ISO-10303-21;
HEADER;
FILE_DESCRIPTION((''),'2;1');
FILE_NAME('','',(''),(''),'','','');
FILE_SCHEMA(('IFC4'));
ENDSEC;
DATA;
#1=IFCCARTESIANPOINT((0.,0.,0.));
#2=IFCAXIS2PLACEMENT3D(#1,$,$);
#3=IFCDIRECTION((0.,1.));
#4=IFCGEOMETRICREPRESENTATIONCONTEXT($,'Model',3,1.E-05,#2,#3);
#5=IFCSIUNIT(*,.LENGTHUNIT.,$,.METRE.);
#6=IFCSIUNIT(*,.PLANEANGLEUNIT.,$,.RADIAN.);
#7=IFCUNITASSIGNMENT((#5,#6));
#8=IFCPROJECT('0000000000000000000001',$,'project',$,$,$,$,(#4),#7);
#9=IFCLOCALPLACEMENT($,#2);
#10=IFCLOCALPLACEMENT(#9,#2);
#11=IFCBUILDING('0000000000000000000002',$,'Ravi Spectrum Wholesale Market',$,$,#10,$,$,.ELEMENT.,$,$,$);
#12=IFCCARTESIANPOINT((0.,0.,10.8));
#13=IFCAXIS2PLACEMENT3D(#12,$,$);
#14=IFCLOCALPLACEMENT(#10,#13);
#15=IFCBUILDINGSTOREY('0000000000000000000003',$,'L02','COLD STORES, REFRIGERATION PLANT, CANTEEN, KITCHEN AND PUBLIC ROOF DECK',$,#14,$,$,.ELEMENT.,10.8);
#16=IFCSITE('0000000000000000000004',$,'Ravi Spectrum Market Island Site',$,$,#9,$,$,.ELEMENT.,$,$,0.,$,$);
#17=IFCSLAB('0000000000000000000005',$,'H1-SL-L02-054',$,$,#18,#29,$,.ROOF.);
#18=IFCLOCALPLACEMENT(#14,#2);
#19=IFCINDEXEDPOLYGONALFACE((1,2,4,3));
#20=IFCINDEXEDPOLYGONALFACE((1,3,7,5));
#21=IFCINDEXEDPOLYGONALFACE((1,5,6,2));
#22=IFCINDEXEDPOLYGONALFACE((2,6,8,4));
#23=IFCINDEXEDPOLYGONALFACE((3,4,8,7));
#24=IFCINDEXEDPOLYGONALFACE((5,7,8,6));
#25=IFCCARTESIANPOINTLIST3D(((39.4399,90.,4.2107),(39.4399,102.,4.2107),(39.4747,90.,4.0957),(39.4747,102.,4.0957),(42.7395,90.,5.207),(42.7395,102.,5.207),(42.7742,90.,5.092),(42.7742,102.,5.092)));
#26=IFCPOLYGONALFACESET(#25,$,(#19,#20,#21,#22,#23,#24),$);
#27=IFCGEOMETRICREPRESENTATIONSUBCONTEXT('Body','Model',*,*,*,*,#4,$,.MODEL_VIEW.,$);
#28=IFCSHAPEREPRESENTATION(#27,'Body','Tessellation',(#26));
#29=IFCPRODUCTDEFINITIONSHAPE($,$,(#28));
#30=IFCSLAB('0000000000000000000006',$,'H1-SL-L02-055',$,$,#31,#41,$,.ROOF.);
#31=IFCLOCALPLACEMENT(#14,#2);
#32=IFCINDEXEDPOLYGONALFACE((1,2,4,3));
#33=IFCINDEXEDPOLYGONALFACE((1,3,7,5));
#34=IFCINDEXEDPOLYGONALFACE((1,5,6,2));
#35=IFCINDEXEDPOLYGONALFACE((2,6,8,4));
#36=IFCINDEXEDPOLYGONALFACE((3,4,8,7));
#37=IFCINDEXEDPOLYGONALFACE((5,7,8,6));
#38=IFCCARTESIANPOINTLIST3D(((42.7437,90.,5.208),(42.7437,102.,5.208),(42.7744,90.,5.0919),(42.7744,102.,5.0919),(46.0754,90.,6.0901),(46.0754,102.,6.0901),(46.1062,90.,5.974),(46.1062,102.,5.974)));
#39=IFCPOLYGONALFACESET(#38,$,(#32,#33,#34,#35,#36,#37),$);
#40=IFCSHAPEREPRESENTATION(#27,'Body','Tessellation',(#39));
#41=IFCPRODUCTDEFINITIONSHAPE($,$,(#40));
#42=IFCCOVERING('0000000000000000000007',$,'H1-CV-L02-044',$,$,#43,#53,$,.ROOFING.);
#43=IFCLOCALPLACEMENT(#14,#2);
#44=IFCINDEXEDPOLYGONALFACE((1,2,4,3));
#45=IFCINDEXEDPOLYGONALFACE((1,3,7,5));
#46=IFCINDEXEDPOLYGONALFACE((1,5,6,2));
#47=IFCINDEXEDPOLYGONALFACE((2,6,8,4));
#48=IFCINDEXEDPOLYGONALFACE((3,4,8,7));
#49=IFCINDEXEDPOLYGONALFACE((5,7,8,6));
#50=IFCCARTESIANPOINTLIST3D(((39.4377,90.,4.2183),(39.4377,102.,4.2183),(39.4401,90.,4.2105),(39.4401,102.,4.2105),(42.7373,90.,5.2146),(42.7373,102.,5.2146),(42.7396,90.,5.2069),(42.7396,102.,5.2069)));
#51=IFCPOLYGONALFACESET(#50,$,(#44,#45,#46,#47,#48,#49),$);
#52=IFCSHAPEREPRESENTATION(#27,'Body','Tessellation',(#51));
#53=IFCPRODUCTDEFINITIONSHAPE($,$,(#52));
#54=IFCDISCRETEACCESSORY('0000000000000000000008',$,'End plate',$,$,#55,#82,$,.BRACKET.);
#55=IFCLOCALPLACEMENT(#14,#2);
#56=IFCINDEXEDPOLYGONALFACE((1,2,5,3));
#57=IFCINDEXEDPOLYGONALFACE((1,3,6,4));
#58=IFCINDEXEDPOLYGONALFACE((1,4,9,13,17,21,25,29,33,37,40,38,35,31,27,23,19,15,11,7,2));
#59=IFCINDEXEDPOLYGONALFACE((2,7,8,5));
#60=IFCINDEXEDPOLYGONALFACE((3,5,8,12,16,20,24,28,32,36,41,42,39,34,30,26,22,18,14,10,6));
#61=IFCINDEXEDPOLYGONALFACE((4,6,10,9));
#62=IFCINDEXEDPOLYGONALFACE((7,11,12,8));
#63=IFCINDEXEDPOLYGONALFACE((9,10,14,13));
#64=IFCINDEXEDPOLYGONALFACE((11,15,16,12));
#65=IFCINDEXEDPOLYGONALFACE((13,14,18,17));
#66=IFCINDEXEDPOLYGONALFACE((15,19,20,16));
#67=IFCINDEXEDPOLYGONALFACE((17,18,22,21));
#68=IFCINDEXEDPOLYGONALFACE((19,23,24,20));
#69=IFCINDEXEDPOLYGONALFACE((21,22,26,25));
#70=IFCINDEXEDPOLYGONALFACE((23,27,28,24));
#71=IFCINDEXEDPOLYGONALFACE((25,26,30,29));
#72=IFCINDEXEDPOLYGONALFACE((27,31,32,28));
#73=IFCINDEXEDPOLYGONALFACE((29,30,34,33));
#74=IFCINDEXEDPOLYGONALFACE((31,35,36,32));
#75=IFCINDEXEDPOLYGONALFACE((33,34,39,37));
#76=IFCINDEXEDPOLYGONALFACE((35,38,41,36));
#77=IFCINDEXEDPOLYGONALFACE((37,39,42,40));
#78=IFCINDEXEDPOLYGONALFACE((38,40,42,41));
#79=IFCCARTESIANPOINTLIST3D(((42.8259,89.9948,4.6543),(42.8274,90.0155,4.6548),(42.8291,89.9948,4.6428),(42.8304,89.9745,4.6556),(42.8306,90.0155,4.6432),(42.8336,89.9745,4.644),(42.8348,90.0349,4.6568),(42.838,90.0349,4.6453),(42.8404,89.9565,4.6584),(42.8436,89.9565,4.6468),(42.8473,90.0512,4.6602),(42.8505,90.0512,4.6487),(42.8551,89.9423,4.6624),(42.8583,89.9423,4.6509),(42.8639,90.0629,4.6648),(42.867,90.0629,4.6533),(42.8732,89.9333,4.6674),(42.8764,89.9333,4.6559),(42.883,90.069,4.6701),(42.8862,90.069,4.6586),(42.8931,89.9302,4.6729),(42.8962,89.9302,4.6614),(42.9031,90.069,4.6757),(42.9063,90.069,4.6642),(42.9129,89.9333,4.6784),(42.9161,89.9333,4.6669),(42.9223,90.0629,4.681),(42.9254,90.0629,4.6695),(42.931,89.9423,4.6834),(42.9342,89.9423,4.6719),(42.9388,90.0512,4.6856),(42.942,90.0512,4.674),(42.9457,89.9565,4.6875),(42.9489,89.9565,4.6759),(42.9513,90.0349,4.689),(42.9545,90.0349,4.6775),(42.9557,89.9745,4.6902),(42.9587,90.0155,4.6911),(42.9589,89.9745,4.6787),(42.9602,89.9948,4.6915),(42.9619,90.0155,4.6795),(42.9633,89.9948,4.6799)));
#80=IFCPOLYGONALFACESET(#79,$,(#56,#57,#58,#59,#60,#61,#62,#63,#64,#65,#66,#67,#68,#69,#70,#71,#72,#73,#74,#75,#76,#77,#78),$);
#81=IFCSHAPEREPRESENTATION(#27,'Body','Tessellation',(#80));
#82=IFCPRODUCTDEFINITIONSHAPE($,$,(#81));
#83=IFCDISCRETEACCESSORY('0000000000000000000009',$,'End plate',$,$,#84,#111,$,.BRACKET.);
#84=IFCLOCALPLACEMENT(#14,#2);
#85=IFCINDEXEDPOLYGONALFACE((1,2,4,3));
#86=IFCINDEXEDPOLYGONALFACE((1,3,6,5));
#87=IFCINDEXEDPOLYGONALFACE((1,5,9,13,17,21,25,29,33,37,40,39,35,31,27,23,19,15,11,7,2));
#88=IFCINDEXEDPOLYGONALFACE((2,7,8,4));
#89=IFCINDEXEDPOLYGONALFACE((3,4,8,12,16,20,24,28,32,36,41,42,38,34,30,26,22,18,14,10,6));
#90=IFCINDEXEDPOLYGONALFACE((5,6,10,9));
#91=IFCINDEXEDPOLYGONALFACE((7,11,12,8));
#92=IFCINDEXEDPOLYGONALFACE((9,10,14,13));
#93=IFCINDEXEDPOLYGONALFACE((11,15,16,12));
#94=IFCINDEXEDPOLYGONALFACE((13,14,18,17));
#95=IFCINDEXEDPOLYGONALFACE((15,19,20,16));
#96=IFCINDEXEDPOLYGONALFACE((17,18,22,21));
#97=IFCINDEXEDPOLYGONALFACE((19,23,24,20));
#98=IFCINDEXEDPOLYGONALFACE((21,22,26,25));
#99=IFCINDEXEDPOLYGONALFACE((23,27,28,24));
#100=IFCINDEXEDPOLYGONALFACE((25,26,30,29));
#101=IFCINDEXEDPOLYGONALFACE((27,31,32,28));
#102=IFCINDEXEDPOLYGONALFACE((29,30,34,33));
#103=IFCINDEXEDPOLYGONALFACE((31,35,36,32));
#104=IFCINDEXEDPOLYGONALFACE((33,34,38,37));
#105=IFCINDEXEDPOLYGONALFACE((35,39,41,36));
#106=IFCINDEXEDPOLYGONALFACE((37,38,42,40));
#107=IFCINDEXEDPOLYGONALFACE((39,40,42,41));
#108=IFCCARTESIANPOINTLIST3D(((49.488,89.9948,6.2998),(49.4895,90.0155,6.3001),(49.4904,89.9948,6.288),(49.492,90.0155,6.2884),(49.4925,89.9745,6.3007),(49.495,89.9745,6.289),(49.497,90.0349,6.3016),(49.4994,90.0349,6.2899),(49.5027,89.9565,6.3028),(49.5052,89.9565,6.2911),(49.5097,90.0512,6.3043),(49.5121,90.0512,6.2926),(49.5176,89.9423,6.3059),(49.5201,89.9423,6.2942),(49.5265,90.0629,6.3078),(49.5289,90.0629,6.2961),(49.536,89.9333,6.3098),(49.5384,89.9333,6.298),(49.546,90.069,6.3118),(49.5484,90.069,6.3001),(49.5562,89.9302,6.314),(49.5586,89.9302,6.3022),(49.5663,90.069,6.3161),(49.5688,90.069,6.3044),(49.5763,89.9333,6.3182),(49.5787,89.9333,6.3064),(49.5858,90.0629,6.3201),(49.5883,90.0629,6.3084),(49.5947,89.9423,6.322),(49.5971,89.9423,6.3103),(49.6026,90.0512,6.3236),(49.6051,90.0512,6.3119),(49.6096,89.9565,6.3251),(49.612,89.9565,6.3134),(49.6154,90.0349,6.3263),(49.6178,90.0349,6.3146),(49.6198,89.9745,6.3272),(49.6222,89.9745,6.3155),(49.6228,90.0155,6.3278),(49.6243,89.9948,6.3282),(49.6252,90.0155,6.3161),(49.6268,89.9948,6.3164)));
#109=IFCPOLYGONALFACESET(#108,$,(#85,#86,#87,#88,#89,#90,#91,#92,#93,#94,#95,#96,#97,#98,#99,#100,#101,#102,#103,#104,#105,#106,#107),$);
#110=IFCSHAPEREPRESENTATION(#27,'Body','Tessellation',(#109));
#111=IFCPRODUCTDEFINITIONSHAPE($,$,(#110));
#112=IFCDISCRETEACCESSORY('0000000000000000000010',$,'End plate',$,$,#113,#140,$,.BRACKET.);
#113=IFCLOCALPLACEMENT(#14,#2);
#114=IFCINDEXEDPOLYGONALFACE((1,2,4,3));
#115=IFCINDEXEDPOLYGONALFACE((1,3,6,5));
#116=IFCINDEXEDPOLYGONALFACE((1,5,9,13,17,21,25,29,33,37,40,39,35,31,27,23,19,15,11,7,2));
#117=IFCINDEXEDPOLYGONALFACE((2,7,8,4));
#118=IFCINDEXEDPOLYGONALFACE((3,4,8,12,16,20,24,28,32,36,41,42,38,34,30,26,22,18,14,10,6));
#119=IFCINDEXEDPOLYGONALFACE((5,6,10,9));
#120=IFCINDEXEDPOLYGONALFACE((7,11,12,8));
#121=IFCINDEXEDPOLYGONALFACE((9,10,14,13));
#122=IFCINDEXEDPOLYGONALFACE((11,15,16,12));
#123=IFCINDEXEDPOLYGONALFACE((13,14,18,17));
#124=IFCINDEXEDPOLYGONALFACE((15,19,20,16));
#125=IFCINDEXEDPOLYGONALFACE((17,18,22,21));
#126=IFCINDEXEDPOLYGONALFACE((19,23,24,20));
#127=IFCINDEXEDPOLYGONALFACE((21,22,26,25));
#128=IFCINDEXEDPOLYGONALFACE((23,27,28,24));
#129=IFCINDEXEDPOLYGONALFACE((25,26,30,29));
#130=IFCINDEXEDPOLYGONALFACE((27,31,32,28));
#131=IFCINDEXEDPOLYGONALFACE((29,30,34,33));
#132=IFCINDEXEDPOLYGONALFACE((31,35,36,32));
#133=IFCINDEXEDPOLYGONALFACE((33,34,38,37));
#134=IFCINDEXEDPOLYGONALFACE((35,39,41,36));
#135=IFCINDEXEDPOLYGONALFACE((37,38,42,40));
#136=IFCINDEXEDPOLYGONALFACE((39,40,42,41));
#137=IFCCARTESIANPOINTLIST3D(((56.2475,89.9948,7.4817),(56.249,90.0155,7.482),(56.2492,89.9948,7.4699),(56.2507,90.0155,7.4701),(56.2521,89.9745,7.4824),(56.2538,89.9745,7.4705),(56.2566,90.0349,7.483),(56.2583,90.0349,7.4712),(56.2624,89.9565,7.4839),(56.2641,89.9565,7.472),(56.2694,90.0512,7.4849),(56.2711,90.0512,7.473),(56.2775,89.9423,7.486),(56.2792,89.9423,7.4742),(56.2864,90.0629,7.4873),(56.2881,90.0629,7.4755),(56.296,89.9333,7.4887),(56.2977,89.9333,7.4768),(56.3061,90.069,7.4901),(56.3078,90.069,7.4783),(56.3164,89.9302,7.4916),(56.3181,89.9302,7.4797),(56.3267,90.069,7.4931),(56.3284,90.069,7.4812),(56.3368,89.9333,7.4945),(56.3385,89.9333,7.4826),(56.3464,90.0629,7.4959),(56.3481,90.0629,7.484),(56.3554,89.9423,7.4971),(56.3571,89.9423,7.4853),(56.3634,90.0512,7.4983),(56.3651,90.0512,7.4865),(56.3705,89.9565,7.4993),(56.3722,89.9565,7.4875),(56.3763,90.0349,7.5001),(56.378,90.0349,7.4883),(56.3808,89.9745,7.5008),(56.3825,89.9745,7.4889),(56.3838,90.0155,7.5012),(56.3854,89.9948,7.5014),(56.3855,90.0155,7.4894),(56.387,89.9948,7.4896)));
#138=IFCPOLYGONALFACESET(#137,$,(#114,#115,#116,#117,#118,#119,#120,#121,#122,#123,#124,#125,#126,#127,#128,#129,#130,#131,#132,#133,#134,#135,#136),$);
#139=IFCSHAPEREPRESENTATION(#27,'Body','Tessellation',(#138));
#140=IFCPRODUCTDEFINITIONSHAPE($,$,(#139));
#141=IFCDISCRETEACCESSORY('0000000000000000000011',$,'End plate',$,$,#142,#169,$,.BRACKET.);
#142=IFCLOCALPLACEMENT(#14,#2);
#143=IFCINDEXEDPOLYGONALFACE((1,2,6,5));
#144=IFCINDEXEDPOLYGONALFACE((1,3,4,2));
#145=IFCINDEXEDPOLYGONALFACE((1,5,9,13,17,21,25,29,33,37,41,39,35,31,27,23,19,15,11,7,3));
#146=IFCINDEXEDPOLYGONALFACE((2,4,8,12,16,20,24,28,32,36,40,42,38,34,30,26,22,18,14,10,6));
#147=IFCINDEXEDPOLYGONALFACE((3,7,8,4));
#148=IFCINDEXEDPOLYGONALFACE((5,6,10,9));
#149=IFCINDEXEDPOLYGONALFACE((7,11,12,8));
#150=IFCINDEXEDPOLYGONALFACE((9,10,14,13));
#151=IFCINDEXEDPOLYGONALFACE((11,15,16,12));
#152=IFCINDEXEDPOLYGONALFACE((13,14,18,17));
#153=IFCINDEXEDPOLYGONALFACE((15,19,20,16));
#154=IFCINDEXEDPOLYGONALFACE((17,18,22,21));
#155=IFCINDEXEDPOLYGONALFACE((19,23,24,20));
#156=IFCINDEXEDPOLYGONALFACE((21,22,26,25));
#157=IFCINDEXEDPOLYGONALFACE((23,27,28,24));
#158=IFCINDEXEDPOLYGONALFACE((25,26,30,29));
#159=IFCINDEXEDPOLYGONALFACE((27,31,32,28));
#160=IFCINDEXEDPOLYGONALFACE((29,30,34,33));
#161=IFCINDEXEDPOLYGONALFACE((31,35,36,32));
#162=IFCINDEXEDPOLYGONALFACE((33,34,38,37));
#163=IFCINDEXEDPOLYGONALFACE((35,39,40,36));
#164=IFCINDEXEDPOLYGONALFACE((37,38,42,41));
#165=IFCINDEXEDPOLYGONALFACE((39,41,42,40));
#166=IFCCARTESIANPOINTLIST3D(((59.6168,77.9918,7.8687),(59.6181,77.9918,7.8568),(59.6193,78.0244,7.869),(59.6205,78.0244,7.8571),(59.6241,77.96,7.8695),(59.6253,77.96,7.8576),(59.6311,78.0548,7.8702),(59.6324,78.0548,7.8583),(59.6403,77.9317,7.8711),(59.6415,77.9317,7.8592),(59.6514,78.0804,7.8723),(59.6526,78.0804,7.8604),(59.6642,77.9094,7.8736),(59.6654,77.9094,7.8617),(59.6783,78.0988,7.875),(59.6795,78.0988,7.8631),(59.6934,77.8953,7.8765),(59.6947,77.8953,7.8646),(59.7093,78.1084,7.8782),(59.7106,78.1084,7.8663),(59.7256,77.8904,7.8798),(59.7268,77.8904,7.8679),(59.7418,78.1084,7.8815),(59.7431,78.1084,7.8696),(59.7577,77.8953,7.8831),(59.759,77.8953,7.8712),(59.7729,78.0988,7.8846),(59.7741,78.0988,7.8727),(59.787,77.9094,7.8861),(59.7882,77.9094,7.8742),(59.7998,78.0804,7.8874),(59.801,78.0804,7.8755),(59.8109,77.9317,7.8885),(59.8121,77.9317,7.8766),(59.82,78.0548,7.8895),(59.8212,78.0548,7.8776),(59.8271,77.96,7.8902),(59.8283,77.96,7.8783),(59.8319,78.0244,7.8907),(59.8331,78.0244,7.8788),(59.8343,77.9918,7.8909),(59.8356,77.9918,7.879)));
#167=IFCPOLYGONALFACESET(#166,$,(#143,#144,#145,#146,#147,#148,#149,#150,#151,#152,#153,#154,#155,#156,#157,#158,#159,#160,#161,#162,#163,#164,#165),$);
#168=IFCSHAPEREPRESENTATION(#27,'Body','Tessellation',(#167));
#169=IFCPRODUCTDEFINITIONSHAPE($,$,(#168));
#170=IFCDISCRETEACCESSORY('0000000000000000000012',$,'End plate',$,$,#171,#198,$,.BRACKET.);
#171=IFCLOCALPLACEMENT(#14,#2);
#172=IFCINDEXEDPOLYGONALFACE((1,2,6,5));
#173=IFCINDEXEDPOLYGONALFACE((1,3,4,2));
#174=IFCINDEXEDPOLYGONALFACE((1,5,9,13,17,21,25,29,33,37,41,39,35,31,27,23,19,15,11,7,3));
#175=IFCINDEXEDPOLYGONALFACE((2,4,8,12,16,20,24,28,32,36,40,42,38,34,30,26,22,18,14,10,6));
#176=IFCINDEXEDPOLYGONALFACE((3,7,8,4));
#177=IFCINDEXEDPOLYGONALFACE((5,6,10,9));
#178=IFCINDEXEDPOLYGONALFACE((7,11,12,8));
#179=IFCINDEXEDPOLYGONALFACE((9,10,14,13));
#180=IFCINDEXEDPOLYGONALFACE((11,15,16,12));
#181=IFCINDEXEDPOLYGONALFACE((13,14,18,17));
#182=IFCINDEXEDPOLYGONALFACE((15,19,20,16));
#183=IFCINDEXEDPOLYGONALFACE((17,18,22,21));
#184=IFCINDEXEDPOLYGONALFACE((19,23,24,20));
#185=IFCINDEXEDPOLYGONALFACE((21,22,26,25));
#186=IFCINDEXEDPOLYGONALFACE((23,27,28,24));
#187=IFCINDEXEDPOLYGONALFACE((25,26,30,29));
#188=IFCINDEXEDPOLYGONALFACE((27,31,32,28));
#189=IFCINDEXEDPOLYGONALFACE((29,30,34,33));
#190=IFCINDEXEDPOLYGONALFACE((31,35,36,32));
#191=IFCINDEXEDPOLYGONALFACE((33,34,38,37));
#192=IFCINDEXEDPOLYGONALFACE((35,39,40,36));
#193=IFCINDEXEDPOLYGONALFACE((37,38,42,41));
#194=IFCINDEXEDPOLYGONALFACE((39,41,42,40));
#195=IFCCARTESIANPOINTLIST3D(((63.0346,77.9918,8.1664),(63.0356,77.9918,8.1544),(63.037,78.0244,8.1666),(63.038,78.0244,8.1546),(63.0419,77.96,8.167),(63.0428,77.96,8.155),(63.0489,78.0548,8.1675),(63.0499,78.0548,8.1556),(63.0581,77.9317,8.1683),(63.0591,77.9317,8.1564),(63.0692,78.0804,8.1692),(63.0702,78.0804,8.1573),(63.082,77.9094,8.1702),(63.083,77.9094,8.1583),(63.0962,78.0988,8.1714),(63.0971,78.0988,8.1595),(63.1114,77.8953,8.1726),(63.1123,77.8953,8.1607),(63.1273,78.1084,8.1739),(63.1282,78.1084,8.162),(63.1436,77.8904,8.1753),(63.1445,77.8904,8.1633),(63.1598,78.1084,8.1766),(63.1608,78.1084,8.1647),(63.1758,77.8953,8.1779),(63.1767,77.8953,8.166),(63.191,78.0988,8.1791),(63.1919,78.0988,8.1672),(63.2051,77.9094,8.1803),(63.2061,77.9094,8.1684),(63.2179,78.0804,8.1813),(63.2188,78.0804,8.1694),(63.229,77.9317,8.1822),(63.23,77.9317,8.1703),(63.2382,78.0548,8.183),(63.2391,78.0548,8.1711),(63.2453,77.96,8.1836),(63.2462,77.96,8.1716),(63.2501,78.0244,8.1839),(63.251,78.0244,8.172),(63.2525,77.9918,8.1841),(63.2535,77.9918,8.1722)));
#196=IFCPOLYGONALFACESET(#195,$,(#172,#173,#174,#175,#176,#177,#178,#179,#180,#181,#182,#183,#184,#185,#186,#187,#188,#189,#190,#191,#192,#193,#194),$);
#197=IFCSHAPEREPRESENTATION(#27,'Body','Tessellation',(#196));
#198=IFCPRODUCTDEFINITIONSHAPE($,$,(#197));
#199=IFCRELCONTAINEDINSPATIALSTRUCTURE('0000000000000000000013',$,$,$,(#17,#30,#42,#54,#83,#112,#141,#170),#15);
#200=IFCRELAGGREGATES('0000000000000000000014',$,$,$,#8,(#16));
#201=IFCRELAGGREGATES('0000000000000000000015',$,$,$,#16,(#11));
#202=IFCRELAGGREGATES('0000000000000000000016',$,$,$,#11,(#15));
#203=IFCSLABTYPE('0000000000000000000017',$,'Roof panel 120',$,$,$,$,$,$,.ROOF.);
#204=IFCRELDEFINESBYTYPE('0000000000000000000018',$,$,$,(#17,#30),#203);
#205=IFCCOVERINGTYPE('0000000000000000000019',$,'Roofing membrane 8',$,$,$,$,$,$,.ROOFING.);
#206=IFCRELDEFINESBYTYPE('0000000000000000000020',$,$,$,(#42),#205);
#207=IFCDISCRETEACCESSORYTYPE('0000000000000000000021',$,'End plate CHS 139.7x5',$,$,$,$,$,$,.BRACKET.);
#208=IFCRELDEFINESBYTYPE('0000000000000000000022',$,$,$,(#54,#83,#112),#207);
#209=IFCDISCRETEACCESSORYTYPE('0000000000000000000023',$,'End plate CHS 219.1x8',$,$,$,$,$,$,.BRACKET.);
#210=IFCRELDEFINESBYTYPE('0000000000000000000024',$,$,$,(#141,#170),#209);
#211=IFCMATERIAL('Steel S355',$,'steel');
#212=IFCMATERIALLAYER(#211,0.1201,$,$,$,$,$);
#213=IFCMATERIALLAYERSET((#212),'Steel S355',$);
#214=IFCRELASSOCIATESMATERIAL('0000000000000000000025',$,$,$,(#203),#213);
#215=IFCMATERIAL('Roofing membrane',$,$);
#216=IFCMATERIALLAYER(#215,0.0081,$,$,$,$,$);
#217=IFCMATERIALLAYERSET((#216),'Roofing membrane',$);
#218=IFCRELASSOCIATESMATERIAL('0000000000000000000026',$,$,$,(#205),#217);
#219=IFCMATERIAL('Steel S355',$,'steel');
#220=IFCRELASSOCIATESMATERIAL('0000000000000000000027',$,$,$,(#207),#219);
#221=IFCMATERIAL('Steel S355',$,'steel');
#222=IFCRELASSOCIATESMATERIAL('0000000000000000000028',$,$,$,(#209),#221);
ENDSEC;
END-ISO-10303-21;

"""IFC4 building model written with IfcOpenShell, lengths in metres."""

from ifc_helpers import new_model, si_unit, direction, frame, origin, origin_2d, place, context, subcontext, project, spatial, polyline, circle, outline, extrude, material, layer, layer_set, material_profile, profile_set, type_object, element, save


model = new_model("IFC4")

# Units and contexts
model_context = context("Model", 3, precision=1e-05, world=origin(), true_north=direction((0.0, 1.0)))
body_context = subcontext(model_context, "Body", "Model", "MODEL_VIEW")
ifc_project = project(units=[si_unit("LENGTHUNIT", "METRE"), si_unit("PLANEANGLEUNIT", "RADIAN")], contexts=[model_context])

# Site, building, storey
site_placement = place(None, origin())
site = spatial("IfcSite", under=ifc_project, at=site_placement, Name="Ravi Spectrum Market Island Site", CompositionType="ELEMENT", RefElevation=0.0)
building_placement = place(site_placement, origin())
building = spatial("IfcBuilding", under=site, at=building_placement, Name="Ravi Spectrum Wholesale Market", CompositionType="ELEMENT")
storey_placement = place(building_placement, frame((0.0, 0.0, 10.8)))
storey = spatial("IfcBuildingStorey", under=building, at=storey_placement, Name="L02", Description="COLD STORES, REFRIGERATION PLANT, CANTEEN, KITCHEN AND PUBLIC ROOF DECK", CompositionType="ELEMENT", Elevation=10.8)

# Slabs
ifc_material_1 = material(Name="Steel S355", Category="steel")
ifc_layer_1 = layer(ifc_material_1, 0.1201)
ifc_layer_set_1 = layer_set([ifc_layer_1], Name="Steel S355")
slab_type = type_object("IfcSlabType", Name="Roof panel 120", PredefinedType="ROOF", material=ifc_layer_set_1)
slab_1_placement = place(storey_placement, frame((39.4399, 90.0, 4.2107), z_axis=(-0.28907, 0.0, 0.957308), x_axis=(0.957308, 0.0, 0.28907)))
element("IfcSlab", 1, at=slab_1_placement, inside=storey, type_object=slab_type, Name="H1-SL-L02-054", PredefinedType="ROOF", context=body_context, shape_type="SweptSolid", body=[
    extrude(outline(polyline([(0.0, 0.0), (3.4467, 0.0), (3.4467, 12.0), (0.0, 12.0), (0.0, 0.0)])), origin(), (0.0, 0.0, -1.0), 0.1201),
])
slab_2_placement = place(storey_placement, frame((42.7437, 90.0, 5.208), z_axis=(-0.25593, 0.0, 0.966695), x_axis=(0.966695, 0.0, 0.25593)))
element("IfcSlab", 2, at=slab_2_placement, inside=storey, type_object=slab_type, Name="H1-SL-L02-055", PredefinedType="ROOF", context=body_context, shape_type="SweptSolid", body=[
    extrude(outline(polyline([(0.0, 0.0), (3.4466, 0.0), (3.4466, 12.0), (0.0, 12.0), (0.0, 0.0)])), origin(), (0.0, 0.0, -1.0), 0.1201),
])

# Covering
ifc_material_2 = material(Name="Roofing membrane")
ifc_layer_2 = layer(ifc_material_2, 0.0081)
ifc_layer_set_2 = layer_set([ifc_layer_2], Name="Roofing membrane")
covering_type = type_object("IfcCoveringType", Name="Roofing membrane 8", PredefinedType="ROOFING", material=ifc_layer_set_2)
covering_placement = place(storey_placement, frame((39.4377, 90.0, 4.2183), z_axis=(-0.28907, 0.0, 0.957308), x_axis=(0.957308, 0.0, 0.28907)))
element("IfcCovering", 3, at=covering_placement, inside=storey, type_object=covering_type, Name="H1-CV-L02-044", PredefinedType="ROOFING", context=body_context, shape_type="SweptSolid", body=[
    extrude(outline(polyline([(0.0, 0.0), (3.4467, 0.0), (3.4467, 12.0), (0.0, 12.0), (0.0, 0.0)])), origin(), (0.0, 0.0, -1.0), 0.0081),
])

# Discrete accessories
ifc_material_3 = material(Name="Steel S355", Category="steel")
ifc_material_profile_1 = material_profile(ifc_material_3, circle(Radius=0.0698, at=origin_2d()))
ifc_profile_set_1 = profile_set([ifc_material_profile_1], Name="Steel S355")
discrete_accessory_type_1 = type_object("IfcDiscreteAccessoryType", Name="End plate CHS 139.7x5", PredefinedType="BRACKET", material=ifc_profile_set_1)
for number, where, z_axis, x_axis, name in (
    (4, (42.8962, 90.0, 4.6614), (-0.266586, 0.0, 0.963811), (0.0, -1.0, 0.0), "End plate"),
    (5, (49.5586, 90.0, 6.3022), (-0.203954, 0.0, 0.97898), (0.0, -1.0, 0.0), "End plate"),
    (6, (56.3181, 90.0, 7.4797), (-0.141421, 0.0, 0.989949), (0.0, -1.0, 0.0), "End plate"),
):
    element("IfcDiscreteAccessory", number, at=place(storey_placement, frame(where, z_axis=z_axis, x_axis=x_axis)), inside=storey, type_object=discrete_accessory_type_1, Name=name, PredefinedType="BRACKET", context=body_context, shape_type="SweptSolid", body=[
        extrude(circle(Radius=0.0698, at=origin_2d()), origin(), (0.0, 0.0, 1.0), 0.012),
    ])
ifc_material_4 = material(Name="Steel S355", Category="steel")
ifc_material_profile_2 = material_profile(ifc_material_4, circle(Radius=0.1096, at=origin_2d()))
ifc_profile_set_2 = profile_set([ifc_material_profile_2], Name="Steel S355")
discrete_accessory_type_2 = type_object("IfcDiscreteAccessoryType", Name="End plate CHS 219.1x8", PredefinedType="BRACKET", material=ifc_profile_set_2)
for number, where, z_axis, x_axis, name in (
    (7, (59.7268, 78.0, 7.8679), (-0.101514, 0.0, 0.994834), (0.0, -1.0, 0.0), "End plate"),
    (8, (63.1445, 78.0, 8.1633), (-0.081362, 0.0, 0.996685), (0.0, -1.0, 0.0), "End plate"),
):
    element("IfcDiscreteAccessory", number, at=place(storey_placement, frame(where, z_axis=z_axis, x_axis=x_axis)), inside=storey, type_object=discrete_accessory_type_2, Name=name, PredefinedType="BRACKET", context=body_context, shape_type="SweptSolid", body=[
        extrude(circle(Radius=0.1096, at=origin_2d()), origin(), (0.0, 0.0, 1.0), 0.012),
    ])

save(model, "model.ifc")
